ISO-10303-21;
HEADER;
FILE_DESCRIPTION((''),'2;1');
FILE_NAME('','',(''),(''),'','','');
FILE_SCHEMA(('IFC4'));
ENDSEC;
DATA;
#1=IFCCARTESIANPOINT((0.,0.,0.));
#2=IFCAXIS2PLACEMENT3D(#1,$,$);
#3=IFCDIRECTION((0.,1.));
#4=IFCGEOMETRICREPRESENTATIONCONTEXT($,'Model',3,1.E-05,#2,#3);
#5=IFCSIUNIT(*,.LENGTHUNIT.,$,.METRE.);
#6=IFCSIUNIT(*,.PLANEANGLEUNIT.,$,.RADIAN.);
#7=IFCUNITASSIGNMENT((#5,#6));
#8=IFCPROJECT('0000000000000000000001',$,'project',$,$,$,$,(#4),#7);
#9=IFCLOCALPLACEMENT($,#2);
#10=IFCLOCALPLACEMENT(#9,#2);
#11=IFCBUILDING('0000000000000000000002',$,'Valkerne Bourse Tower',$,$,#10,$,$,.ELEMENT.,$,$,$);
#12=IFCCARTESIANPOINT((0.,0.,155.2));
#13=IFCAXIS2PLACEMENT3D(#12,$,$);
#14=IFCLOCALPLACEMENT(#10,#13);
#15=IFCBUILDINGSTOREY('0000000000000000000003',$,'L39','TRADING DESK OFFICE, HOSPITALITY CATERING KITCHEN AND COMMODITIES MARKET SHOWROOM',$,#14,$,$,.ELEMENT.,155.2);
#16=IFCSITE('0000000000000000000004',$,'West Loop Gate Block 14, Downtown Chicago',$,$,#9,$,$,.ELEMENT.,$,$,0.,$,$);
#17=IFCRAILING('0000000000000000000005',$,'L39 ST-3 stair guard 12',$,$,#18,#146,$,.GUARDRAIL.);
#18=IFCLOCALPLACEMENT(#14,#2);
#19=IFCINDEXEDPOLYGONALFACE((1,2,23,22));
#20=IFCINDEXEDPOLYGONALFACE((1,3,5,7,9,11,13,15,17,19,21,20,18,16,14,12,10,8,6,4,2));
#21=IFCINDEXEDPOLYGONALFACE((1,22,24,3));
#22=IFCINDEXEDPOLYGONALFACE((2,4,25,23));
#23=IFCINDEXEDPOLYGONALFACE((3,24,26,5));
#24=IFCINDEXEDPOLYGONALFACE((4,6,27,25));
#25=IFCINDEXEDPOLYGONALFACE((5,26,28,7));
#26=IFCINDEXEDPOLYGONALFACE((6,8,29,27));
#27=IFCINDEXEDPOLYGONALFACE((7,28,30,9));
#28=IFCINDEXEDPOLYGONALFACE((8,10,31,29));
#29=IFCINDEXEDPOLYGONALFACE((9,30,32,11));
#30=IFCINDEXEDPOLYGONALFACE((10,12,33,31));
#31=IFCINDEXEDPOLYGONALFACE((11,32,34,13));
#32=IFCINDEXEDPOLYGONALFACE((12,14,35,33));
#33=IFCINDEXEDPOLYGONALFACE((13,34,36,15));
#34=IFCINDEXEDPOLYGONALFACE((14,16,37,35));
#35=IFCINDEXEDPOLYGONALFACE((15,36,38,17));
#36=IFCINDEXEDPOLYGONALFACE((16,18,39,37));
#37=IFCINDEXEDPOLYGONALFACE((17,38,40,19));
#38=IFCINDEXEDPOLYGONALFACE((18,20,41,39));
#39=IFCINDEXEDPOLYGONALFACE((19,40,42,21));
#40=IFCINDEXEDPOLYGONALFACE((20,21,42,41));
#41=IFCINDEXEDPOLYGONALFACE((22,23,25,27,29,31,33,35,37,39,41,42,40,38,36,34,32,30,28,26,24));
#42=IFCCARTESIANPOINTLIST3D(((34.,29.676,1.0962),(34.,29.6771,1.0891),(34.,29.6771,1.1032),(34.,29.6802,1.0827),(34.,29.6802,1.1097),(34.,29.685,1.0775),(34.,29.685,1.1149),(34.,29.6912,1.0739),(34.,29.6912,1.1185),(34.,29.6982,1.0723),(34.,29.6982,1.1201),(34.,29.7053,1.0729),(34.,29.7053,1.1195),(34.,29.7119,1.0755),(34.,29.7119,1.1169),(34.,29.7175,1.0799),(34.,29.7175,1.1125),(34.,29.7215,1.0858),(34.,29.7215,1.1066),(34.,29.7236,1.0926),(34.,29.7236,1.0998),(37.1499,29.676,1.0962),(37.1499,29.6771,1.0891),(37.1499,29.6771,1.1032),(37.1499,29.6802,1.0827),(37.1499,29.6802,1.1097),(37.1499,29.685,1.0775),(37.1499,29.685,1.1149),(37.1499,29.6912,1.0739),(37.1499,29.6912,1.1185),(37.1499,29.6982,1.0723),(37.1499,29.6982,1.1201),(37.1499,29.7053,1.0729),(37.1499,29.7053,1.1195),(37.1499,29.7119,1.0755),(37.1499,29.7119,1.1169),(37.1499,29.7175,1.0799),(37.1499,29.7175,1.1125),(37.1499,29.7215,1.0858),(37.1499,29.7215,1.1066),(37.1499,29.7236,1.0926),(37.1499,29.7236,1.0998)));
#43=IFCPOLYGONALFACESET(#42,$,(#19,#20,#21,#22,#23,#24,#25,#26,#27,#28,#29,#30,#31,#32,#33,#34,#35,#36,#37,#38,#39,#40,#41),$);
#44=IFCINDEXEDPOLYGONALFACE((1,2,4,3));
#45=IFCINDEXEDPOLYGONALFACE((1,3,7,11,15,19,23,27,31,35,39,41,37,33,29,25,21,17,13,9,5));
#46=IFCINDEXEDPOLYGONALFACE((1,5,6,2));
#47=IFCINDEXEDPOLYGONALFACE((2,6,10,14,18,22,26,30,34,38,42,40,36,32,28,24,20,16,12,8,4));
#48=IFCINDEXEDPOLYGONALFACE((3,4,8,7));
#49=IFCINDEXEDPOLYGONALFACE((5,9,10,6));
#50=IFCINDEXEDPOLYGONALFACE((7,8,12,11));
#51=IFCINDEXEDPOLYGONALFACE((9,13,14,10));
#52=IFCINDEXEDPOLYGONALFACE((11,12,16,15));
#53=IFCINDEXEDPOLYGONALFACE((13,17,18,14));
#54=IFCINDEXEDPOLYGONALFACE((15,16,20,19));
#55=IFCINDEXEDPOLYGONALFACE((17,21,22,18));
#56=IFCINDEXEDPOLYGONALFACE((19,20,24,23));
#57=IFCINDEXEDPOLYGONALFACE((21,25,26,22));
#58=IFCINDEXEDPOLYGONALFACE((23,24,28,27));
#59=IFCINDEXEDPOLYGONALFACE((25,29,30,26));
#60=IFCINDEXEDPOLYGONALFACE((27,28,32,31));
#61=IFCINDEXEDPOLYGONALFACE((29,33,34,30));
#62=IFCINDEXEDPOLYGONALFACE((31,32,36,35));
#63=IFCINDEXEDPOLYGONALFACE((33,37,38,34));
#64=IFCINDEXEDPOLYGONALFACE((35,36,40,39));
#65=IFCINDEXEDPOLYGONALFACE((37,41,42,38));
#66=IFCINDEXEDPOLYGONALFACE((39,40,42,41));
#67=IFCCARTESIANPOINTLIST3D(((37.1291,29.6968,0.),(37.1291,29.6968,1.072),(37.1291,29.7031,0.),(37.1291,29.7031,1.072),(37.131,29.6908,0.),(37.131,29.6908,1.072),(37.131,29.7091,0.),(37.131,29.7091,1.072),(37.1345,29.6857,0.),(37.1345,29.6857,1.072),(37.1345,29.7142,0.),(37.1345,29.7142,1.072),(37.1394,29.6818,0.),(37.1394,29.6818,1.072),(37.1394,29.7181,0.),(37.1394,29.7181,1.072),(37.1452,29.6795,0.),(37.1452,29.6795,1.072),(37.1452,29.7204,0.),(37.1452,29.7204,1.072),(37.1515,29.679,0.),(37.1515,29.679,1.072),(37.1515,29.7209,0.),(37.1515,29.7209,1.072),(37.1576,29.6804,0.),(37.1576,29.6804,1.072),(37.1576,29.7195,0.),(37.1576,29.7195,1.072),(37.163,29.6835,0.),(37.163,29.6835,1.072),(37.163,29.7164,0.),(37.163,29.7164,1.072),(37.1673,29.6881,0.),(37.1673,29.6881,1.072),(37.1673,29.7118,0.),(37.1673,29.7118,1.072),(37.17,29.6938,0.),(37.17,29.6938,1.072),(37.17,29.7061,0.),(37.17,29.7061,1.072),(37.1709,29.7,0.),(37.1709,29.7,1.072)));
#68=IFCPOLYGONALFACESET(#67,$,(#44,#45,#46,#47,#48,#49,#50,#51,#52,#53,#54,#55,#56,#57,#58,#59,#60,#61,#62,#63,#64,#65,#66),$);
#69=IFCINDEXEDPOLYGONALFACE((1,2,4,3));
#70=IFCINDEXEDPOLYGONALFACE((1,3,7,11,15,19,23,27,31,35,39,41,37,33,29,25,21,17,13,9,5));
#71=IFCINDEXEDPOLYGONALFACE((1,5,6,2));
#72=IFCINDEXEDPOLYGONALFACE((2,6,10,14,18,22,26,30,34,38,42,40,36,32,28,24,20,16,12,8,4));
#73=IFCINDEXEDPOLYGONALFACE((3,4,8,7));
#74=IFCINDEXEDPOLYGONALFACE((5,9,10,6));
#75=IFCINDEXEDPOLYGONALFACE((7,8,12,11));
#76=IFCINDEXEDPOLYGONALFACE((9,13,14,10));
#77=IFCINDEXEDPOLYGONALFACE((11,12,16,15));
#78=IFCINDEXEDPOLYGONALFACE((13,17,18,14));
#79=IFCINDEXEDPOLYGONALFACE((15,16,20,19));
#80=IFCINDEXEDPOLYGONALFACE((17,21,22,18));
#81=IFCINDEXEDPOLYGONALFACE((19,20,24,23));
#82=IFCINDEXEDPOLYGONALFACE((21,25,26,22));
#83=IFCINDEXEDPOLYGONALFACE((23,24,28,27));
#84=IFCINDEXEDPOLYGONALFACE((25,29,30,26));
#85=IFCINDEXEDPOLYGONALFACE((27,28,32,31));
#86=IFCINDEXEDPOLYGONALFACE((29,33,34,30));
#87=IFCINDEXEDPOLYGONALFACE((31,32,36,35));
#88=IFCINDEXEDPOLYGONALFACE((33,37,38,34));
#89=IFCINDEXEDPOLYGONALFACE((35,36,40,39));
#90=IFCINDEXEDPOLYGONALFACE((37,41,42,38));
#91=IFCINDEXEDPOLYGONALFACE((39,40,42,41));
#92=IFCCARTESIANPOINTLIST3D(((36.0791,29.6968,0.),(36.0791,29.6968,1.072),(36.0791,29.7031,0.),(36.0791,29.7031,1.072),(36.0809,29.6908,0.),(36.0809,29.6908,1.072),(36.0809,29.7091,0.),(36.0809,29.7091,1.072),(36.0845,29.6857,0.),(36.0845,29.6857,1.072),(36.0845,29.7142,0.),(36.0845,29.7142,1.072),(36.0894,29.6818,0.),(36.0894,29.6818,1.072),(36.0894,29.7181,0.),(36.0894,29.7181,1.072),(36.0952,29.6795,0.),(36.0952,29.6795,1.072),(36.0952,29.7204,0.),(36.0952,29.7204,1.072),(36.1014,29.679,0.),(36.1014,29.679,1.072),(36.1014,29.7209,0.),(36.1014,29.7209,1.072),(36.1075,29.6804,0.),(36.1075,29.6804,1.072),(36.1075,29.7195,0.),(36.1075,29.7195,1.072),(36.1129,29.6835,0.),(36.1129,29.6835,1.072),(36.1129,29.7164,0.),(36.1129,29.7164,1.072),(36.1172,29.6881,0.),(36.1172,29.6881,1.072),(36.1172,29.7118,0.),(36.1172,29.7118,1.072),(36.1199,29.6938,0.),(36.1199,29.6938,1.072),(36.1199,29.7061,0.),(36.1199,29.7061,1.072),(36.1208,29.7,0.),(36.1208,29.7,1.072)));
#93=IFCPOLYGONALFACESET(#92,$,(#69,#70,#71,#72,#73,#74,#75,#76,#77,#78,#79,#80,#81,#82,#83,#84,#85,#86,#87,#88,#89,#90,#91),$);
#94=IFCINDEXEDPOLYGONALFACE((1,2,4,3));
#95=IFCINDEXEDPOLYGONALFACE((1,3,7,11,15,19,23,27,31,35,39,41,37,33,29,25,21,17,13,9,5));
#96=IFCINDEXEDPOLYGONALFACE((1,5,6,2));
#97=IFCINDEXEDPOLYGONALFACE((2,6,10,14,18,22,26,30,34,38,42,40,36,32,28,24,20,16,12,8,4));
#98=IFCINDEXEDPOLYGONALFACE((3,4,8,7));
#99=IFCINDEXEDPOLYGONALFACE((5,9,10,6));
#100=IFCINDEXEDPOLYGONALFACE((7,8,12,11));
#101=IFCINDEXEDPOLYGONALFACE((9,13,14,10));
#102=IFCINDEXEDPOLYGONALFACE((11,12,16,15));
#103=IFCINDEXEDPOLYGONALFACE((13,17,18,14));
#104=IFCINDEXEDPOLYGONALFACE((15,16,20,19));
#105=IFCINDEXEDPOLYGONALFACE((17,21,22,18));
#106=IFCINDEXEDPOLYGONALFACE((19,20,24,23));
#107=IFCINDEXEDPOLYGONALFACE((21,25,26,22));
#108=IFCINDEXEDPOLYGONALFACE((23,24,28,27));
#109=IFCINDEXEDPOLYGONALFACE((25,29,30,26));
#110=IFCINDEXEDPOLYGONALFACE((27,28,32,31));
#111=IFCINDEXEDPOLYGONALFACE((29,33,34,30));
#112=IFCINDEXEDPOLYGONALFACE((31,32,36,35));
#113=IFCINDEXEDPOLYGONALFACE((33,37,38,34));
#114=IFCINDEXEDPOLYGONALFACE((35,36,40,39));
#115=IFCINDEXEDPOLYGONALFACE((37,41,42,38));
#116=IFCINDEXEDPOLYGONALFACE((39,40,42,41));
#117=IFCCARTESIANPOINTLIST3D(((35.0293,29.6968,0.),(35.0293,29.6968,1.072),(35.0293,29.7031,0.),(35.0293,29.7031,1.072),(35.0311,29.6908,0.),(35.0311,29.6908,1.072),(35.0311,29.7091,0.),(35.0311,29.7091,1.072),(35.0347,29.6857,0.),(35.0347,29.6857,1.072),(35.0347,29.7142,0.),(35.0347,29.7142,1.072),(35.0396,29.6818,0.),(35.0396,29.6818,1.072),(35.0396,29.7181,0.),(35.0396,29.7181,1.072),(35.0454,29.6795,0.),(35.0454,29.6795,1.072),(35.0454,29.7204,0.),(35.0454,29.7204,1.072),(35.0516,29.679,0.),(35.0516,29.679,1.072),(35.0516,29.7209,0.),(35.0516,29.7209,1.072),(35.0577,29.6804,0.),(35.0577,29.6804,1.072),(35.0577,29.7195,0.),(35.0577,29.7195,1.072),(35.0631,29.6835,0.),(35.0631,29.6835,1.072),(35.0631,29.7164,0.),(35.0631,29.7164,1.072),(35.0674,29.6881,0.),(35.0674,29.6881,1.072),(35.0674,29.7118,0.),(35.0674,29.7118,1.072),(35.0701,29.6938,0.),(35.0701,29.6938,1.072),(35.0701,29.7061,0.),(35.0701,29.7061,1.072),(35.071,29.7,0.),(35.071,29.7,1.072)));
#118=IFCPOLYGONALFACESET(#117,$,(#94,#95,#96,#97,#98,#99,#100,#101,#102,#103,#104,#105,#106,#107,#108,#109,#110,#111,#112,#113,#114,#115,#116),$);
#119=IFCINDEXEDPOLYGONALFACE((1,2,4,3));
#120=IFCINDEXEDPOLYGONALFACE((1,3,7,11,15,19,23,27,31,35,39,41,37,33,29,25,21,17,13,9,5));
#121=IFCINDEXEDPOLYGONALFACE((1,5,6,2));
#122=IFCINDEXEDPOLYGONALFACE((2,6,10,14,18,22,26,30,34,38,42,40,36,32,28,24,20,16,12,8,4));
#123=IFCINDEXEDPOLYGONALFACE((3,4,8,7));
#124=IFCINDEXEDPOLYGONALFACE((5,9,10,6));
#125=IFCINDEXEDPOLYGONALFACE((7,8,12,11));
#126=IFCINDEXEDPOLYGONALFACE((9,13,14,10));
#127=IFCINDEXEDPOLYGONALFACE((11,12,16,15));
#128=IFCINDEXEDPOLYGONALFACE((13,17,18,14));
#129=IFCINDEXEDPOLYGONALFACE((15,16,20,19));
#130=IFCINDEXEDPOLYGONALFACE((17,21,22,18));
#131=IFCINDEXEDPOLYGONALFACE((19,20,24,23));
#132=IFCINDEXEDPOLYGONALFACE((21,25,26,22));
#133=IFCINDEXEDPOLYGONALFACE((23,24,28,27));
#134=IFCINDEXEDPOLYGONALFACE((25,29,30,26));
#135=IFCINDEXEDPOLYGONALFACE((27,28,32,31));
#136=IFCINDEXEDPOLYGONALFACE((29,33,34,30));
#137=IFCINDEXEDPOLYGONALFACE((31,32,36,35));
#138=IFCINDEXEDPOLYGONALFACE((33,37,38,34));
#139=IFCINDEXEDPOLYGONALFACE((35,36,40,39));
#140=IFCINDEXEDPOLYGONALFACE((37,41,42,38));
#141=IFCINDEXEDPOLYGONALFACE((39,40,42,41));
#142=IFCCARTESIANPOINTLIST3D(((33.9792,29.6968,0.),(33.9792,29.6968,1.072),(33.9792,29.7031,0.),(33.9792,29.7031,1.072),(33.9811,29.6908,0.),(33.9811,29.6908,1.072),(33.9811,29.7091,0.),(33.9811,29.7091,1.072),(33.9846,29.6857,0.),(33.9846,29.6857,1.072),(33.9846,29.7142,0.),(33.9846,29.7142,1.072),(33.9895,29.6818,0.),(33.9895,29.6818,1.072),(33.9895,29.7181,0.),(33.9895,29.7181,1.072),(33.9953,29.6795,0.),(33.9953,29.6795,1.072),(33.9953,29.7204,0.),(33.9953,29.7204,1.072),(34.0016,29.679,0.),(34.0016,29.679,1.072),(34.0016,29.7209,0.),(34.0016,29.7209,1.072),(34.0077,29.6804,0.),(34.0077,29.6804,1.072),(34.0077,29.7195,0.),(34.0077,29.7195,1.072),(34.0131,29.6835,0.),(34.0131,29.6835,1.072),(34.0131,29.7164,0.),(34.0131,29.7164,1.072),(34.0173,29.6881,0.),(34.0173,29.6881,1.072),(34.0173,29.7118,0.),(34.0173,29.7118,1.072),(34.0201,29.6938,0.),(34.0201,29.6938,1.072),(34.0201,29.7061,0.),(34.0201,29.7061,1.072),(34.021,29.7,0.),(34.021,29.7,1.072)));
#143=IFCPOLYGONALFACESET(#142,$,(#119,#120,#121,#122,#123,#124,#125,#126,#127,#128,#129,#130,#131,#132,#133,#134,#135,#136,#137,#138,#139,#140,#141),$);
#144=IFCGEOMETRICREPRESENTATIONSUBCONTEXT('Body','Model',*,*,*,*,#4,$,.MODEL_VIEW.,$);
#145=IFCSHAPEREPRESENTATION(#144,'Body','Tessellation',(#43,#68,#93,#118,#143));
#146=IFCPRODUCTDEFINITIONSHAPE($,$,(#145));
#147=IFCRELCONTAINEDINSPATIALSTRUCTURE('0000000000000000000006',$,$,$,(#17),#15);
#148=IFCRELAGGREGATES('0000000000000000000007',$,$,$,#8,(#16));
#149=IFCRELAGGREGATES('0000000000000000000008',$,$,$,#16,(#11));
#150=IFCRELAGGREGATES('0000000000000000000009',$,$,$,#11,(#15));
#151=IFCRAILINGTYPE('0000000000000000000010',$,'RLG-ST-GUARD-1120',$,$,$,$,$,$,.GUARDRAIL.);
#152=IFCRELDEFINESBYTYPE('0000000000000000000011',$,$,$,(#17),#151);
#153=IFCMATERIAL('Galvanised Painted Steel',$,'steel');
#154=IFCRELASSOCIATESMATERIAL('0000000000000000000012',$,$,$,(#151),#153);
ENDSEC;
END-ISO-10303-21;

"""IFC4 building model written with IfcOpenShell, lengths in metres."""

from ifc_helpers import new_model, si_unit, direction, frame, origin, origin_2d, place, context, subcontext, project, spatial, circle, extrude, material, type_object, element, save


model = new_model("IFC4")

# Units and contexts
model_context = context("Model", 3, precision=1e-05, world=origin(), true_north=direction((0.0, 1.0)))
body_context = subcontext(model_context, "Body", "Model", "MODEL_VIEW")
ifc_project = project(units=[si_unit("LENGTHUNIT", "METRE"), si_unit("PLANEANGLEUNIT", "RADIAN")], contexts=[model_context])

# Site, building, storey
site_placement = place(None, origin())
site = spatial("IfcSite", under=ifc_project, at=site_placement, Name="West Loop Gate Block 14, Downtown Chicago", CompositionType="ELEMENT", RefElevation=0.0)
building_placement = place(site_placement, origin())
building = spatial("IfcBuilding", under=site, at=building_placement, Name="Valkerne Bourse Tower", CompositionType="ELEMENT")
storey_placement = place(building_placement, frame((0.0, 0.0, 155.2)))
storey = spatial("IfcBuildingStorey", under=building, at=storey_placement, Name="L39", Description="TRADING DESK OFFICE, HOSPITALITY CATERING KITCHEN AND COMMODITIES MARKET SHOWROOM", CompositionType="ELEMENT", Elevation=155.2)

# Railing
ifc_material_1 = material(Name="Galvanised Painted Steel", Category="steel")
railing_type_1 = type_object("IfcRailingType", Name="RLG-ST-GUARD-1120", PredefinedType="GUARDRAIL", material=ifc_material_1)
railing_1_placement = place(storey_placement, frame((37.1499, 29.7, 0.0)))
element("IfcRailing", 1, at=railing_1_placement, inside=storey, type_object=railing_type_1, Name="L39 ST-3 stair guard 12", PredefinedType="GUARDRAIL", context=body_context, shape_type="SweptSolid", body=[
    extrude(circle(Radius=0.0239, at=origin_2d()), frame((0.0, 0.0, 1.0962), z_axis=(-1.0, 0.0, 0.0), x_axis=(0.0, -1.0, 0.0)), (0.0, 0.0, 1.0), 3.1499),
    extrude(circle(Radius=0.021, at=origin_2d()), origin(), (0.0, 0.0, 1.0), 1.072),
    extrude(circle(Radius=0.021, at=origin_2d()), frame((-1.05, 0.0, 0.0)), (0.0, 0.0, 1.0), 1.072),
    extrude(circle(Radius=0.021, at=origin_2d()), frame((-2.0999, 0.0, 0.0)), (0.0, 0.0, 1.0), 1.072),
    extrude(circle(Radius=0.021, at=origin_2d()), frame((-3.1499, 0.0, 0.0)), (0.0, 0.0, 1.0), 1.072),
])

save(model, "model.ifc")
